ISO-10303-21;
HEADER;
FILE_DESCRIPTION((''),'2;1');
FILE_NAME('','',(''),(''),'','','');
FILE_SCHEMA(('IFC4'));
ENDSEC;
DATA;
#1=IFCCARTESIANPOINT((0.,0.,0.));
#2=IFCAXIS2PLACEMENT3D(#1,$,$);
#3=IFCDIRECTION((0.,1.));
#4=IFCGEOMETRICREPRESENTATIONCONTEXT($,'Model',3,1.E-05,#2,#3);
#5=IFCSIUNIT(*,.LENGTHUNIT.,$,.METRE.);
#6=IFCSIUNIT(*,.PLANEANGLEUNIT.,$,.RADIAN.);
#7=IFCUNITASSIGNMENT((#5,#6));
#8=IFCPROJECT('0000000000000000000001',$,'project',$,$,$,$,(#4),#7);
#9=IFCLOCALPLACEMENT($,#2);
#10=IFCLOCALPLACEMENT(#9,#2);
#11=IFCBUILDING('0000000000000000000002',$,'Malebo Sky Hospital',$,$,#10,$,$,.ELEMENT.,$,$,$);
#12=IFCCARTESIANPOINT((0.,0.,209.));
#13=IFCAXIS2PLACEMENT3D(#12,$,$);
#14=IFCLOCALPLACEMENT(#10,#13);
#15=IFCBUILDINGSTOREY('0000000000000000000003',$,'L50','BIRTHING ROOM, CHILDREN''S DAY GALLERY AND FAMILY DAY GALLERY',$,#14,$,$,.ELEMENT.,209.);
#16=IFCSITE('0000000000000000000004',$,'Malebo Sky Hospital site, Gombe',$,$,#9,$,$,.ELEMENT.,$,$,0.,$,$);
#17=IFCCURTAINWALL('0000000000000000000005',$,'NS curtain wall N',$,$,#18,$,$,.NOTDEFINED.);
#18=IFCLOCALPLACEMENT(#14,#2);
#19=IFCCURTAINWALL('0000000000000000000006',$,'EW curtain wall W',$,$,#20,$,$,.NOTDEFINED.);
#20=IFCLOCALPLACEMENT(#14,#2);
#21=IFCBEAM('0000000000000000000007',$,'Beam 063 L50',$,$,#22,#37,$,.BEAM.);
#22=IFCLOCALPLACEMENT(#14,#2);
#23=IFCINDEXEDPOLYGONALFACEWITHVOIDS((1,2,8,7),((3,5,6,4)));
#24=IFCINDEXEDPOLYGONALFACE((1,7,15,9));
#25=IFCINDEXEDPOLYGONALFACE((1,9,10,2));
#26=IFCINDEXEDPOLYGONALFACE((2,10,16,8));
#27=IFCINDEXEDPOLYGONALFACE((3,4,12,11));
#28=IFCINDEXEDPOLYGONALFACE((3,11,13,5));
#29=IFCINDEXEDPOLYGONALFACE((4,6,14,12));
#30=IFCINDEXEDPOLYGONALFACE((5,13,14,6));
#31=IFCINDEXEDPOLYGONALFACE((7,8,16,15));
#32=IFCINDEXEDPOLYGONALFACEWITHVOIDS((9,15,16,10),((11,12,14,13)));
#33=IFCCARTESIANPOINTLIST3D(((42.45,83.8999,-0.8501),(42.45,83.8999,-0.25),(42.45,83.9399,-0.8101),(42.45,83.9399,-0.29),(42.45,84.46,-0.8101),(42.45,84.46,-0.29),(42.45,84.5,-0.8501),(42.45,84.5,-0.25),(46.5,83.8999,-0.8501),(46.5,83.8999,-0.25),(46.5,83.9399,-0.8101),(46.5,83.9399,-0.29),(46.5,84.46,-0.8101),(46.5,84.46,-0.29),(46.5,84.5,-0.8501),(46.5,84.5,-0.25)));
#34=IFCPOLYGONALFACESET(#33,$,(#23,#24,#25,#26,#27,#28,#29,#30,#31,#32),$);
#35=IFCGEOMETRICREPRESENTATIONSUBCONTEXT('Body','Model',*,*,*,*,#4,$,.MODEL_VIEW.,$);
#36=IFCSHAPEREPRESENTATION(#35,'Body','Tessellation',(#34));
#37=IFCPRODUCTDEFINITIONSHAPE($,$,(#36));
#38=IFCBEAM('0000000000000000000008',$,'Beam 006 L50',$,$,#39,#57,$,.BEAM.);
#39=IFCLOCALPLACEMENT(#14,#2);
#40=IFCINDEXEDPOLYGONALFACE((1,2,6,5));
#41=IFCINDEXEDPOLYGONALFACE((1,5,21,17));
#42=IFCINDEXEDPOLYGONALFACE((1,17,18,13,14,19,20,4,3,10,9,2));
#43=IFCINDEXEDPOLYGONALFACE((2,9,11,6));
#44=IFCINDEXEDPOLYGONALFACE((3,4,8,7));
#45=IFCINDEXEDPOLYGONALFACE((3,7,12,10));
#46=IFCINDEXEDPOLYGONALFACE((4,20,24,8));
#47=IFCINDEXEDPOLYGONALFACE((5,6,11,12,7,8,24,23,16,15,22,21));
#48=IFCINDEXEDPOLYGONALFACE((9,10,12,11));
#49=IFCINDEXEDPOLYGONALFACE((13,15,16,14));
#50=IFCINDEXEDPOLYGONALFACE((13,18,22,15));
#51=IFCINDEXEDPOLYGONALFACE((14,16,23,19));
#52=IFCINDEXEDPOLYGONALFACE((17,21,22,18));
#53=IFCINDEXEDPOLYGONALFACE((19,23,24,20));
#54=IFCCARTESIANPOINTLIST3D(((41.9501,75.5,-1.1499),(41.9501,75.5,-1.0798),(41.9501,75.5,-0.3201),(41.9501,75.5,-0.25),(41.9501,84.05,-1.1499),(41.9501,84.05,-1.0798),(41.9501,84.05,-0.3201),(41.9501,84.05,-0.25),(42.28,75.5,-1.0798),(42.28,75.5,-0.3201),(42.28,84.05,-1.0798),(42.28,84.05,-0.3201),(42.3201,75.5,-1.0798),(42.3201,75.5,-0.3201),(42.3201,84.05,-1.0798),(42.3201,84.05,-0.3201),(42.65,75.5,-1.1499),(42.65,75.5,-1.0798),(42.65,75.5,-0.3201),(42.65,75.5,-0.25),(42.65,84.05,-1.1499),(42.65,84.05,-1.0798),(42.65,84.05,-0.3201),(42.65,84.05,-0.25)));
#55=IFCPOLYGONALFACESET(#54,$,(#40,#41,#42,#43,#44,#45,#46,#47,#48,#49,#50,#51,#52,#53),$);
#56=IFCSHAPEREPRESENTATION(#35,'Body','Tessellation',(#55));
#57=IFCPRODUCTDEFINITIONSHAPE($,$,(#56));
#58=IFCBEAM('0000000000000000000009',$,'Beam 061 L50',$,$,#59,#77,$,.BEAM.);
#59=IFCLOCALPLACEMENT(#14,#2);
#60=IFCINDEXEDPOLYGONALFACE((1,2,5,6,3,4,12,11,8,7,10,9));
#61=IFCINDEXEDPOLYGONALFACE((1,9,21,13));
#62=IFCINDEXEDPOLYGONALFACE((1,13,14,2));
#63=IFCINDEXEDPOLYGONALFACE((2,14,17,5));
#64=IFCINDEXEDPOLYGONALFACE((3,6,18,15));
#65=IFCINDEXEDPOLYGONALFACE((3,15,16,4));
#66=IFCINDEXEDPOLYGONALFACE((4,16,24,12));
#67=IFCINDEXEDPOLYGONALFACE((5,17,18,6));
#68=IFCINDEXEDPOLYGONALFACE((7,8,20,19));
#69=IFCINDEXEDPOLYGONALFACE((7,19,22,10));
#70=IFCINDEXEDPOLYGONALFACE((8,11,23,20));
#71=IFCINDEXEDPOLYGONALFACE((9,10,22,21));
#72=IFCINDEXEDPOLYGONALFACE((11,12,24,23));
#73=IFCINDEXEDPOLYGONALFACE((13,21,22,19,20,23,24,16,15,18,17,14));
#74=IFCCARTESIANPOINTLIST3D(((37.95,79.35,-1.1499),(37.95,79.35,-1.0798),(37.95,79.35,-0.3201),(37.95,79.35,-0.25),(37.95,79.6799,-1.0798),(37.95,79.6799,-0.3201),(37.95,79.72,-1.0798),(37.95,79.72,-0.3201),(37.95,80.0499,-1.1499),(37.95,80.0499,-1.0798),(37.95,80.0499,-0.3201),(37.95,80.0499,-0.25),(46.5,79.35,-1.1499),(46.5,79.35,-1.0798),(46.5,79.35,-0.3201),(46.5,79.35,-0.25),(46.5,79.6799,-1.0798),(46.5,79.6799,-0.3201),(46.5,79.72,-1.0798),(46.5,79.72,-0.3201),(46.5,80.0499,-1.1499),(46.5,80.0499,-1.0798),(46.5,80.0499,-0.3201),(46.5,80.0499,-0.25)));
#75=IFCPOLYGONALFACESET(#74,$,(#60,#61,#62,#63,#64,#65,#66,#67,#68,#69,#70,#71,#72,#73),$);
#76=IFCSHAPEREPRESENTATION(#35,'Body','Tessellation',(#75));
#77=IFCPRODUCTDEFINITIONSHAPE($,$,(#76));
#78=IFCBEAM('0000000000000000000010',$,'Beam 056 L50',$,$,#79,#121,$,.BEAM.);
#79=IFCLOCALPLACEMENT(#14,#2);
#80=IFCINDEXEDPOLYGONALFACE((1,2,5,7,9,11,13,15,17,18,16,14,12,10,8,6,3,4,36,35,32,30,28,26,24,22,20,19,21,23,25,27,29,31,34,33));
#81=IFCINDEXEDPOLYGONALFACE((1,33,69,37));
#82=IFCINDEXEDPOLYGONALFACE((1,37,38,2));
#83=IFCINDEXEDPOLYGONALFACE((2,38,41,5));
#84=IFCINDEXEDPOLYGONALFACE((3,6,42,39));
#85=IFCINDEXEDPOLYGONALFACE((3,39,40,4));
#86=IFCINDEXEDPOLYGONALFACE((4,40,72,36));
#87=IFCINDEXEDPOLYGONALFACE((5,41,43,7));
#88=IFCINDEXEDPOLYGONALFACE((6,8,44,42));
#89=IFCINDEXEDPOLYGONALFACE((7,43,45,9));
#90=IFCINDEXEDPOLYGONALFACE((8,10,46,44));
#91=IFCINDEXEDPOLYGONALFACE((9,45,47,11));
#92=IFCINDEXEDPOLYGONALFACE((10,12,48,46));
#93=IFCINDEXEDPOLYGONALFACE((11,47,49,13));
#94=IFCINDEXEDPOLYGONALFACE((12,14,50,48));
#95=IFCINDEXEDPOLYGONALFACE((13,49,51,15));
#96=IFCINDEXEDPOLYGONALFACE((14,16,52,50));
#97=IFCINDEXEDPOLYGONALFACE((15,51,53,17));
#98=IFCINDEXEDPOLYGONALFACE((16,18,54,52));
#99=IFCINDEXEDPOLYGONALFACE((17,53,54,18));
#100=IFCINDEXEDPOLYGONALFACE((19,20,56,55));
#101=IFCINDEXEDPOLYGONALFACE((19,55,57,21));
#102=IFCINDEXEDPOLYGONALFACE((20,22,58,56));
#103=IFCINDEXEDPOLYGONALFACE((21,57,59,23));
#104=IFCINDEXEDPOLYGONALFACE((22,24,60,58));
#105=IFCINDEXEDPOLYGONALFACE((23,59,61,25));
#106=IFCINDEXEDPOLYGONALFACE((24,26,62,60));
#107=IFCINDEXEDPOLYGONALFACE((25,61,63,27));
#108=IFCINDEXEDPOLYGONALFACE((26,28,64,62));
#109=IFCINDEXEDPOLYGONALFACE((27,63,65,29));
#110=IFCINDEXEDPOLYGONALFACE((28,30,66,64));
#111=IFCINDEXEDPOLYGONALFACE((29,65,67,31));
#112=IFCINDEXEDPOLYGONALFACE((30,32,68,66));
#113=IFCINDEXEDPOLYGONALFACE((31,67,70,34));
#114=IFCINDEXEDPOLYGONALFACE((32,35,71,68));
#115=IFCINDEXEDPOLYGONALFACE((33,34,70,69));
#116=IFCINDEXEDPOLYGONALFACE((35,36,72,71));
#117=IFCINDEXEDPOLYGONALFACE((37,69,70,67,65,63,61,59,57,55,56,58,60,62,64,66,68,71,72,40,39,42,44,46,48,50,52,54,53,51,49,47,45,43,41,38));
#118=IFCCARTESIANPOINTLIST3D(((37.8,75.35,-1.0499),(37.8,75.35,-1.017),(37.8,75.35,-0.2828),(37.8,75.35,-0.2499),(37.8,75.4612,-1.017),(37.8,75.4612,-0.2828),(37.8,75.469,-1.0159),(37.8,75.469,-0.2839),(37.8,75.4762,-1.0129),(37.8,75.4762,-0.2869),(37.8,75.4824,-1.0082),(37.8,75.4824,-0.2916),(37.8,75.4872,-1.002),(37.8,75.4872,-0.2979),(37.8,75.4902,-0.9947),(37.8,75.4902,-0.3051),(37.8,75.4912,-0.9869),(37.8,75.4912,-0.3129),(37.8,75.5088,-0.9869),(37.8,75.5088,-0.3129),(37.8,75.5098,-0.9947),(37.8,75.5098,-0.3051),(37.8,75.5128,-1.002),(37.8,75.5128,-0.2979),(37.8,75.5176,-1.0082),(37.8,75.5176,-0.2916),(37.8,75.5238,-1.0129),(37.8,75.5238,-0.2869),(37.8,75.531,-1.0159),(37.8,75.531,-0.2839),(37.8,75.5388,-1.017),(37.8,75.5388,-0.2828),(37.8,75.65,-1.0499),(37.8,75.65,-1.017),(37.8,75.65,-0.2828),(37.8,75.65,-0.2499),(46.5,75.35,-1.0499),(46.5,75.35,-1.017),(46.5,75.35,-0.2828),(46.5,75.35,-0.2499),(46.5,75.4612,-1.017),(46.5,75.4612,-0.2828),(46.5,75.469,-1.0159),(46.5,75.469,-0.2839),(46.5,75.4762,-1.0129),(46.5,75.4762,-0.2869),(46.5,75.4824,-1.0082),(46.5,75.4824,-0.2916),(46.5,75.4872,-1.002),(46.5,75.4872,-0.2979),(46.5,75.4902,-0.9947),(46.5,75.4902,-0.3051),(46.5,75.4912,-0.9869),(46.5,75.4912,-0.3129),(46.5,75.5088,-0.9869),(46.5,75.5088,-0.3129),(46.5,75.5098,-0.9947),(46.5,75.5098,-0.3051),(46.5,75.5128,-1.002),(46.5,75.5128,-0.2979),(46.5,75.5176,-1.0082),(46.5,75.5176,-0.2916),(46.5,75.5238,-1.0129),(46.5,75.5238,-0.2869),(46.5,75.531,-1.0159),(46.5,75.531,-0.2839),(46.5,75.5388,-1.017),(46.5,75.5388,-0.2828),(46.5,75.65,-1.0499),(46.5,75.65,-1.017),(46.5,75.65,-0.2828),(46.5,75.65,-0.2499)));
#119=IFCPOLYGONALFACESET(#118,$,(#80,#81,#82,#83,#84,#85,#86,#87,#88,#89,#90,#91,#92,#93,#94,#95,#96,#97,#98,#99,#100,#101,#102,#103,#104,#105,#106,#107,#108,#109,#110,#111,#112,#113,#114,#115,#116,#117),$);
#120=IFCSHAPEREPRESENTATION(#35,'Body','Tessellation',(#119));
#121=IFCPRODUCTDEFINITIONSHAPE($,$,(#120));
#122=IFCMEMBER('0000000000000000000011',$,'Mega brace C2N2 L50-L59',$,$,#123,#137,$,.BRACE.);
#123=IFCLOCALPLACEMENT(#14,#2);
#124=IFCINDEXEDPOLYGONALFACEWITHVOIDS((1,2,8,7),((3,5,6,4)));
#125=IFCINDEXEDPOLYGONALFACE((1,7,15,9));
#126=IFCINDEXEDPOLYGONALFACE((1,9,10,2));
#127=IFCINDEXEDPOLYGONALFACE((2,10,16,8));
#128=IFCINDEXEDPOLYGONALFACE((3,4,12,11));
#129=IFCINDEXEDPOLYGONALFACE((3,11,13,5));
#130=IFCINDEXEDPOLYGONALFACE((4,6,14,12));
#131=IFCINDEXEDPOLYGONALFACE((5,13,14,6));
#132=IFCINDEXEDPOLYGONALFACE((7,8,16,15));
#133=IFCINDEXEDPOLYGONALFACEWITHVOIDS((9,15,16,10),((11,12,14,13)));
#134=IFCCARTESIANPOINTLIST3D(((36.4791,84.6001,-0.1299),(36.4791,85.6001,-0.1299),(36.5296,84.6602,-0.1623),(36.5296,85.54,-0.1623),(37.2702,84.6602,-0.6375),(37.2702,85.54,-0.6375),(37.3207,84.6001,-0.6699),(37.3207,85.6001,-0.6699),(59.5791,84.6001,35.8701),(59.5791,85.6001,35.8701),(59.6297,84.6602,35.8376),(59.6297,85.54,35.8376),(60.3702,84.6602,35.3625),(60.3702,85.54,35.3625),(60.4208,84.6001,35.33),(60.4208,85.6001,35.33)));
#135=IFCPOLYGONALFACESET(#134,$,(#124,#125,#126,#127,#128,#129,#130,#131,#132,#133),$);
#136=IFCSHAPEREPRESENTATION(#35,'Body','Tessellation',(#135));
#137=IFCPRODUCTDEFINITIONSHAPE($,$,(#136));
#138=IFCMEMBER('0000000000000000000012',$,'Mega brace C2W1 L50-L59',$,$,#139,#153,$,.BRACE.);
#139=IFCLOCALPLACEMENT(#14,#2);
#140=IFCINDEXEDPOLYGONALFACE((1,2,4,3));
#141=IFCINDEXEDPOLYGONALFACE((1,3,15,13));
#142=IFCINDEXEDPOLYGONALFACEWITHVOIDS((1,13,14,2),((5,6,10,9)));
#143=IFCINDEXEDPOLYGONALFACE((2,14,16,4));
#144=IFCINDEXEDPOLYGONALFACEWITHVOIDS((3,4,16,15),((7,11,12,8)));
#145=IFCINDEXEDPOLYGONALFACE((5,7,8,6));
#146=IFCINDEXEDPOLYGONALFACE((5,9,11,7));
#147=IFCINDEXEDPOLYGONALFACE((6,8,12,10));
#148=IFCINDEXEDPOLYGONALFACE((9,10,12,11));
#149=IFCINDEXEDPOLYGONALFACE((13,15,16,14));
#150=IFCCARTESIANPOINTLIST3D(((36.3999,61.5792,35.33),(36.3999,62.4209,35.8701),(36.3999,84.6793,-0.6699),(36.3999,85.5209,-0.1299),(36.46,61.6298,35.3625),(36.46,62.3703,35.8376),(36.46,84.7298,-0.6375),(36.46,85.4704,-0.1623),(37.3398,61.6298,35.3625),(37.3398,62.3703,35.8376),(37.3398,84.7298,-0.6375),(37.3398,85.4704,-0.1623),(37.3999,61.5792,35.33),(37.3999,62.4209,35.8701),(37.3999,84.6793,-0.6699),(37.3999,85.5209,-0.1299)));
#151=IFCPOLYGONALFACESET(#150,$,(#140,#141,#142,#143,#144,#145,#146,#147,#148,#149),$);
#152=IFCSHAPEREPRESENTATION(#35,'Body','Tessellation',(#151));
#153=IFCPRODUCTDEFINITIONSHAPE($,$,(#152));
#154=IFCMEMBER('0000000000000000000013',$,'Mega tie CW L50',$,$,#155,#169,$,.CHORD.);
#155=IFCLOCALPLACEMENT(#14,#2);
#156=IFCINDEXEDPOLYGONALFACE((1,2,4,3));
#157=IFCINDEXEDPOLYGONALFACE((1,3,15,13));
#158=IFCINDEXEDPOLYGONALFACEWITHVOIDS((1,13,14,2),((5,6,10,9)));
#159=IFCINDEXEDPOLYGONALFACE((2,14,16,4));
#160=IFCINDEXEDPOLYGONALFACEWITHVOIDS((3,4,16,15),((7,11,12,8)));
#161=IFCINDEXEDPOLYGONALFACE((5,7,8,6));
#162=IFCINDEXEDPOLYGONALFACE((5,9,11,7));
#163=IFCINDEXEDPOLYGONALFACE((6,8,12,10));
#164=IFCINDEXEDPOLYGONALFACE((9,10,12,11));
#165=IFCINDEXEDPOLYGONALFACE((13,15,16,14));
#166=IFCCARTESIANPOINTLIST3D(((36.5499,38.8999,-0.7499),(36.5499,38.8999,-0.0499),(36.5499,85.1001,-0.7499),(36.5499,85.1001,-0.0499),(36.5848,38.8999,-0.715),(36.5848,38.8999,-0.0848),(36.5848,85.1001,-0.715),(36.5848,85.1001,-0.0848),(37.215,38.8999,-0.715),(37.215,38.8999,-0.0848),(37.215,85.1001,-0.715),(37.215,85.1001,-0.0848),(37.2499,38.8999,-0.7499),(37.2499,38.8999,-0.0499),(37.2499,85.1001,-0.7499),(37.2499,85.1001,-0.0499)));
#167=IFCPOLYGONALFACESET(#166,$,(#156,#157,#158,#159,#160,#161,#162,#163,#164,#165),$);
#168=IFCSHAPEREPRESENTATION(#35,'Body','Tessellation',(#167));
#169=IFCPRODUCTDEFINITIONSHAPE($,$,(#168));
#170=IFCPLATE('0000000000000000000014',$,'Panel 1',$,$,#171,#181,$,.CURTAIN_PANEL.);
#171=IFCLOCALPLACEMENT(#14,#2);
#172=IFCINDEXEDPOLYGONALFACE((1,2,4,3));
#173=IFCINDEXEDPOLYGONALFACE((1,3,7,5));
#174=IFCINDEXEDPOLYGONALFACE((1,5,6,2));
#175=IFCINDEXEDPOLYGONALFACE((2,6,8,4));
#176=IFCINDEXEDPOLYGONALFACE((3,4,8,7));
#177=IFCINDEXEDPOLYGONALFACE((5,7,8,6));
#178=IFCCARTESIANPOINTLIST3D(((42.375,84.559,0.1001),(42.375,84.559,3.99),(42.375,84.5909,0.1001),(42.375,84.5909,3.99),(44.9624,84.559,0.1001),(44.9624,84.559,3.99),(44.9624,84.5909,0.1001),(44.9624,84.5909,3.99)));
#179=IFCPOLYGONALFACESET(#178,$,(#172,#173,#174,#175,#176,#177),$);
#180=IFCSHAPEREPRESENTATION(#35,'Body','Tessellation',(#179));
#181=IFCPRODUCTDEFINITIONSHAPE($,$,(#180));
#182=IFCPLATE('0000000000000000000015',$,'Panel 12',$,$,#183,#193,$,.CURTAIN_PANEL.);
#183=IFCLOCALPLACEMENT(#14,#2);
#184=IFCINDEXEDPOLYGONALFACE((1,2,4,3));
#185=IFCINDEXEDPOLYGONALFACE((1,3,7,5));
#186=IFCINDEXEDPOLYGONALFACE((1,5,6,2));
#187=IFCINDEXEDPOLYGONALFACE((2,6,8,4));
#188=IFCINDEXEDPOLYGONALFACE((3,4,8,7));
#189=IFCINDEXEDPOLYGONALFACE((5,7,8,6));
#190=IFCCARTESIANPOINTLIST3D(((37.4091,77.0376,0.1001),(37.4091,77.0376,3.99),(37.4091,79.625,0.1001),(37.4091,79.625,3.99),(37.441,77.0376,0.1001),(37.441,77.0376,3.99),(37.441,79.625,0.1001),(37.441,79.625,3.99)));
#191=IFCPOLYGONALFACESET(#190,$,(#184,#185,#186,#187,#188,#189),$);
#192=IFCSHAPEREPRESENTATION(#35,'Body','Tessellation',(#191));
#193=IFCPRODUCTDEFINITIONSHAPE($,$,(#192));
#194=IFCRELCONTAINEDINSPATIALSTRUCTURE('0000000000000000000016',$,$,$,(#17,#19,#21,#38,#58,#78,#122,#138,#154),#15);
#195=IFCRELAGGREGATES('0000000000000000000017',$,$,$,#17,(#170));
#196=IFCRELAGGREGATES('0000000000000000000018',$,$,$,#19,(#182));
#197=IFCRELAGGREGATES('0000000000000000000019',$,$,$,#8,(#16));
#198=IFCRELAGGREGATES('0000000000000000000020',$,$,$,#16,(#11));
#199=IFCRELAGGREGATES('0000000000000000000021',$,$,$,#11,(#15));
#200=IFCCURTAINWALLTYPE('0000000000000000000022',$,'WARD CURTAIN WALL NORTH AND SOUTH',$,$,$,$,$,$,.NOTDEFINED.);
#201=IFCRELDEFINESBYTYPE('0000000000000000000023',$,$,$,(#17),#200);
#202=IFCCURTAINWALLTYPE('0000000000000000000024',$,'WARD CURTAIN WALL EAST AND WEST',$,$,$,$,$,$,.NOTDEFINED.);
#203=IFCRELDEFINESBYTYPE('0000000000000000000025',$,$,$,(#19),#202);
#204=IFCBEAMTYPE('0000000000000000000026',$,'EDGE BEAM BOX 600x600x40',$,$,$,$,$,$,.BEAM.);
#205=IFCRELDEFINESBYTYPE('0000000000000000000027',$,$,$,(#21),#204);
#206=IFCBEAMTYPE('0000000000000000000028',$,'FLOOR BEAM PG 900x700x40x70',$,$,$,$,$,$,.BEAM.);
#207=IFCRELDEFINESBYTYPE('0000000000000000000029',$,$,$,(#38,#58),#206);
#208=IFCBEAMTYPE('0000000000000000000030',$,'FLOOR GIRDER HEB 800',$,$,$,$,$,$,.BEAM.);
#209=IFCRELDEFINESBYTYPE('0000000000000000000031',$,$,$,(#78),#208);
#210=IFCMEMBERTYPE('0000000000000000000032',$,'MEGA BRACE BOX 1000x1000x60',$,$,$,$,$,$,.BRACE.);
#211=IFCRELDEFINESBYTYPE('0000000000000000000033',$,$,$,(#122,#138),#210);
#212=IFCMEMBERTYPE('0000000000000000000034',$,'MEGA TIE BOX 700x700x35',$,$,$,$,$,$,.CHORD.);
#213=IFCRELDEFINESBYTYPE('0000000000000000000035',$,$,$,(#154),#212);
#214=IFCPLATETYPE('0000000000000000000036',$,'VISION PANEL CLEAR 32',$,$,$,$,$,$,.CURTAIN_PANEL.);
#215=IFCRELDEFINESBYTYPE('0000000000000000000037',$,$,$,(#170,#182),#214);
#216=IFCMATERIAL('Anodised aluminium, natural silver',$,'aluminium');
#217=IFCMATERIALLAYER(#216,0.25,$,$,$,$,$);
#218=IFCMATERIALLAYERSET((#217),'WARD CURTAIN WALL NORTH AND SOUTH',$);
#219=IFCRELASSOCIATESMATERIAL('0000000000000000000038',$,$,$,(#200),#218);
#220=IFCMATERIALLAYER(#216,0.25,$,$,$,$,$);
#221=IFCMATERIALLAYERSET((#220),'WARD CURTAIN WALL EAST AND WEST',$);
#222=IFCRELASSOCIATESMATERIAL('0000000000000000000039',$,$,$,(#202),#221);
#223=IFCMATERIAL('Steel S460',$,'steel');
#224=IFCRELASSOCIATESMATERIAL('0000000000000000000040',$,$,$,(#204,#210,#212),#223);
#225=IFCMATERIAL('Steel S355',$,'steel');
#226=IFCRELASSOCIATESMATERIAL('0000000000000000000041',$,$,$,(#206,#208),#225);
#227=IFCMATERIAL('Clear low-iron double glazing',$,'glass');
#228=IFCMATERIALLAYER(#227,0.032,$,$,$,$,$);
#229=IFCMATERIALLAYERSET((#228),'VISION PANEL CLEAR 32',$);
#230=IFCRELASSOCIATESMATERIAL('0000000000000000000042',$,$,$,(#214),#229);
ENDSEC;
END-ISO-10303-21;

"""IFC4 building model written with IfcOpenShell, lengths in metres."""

from ifc_helpers import new_model, si_unit, direction, frame, origin, origin_2d, place, context, subcontext, project, spatial, rectangle, hollow_rectangle, i_section, extrude, material, layer, layer_set, material_profile, profile_set, type_object, element, aggregate, save


model = new_model("IFC4")

# Units and contexts
model_context = context("Model", 3, precision=1e-05, world=origin(), true_north=direction((0.0, 1.0)))
body_context = subcontext(model_context, "Body", "Model", "MODEL_VIEW")
ifc_project = project(units=[si_unit("LENGTHUNIT", "METRE"), si_unit("PLANEANGLEUNIT", "RADIAN")], contexts=[model_context])

# Site, building, storey
site_placement = place(None, origin())
site = spatial("IfcSite", under=ifc_project, at=site_placement, Name="Malebo Sky Hospital site, Gombe", CompositionType="ELEMENT", RefElevation=0.0)
building_placement = place(site_placement, origin())
building = spatial("IfcBuilding", under=site, at=building_placement, Name="Malebo Sky Hospital", CompositionType="ELEMENT")
storey_placement = place(building_placement, frame((0.0, 0.0, 209.0)))
storey = spatial("IfcBuildingStorey", under=building, at=storey_placement, Name="L50", Description="BIRTHING ROOM, CHILDREN'S DAY GALLERY AND FAMILY DAY GALLERY", CompositionType="ELEMENT", Elevation=209.0)

# Shared definitions
ifc_material_1 = material(Name="Steel S460", Category="steel")

# Curtain wall
ifc_material_2 = material(Name="Anodised aluminium, natural silver", Category="aluminium")
ifc_layer_1 = layer(ifc_material_2, 0.25)
ifc_layer_set_1 = layer_set([ifc_layer_1], Name="WARD CURTAIN WALL NORTH AND SOUTH")
curtain_wall_type_1 = type_object("IfcCurtainWallType", Name="WARD CURTAIN WALL NORTH AND SOUTH", PredefinedType="NOTDEFINED", material=ifc_layer_set_1)
curtain_wall_1_placement = place(storey_placement, origin())
curtain_wall_1 = element("IfcCurtainWall", 1, at=curtain_wall_1_placement, inside=storey, type_object=curtain_wall_type_1, Name="NS curtain wall N", PredefinedType="NOTDEFINED")

# Curtain wall
ifc_layer_2 = layer(ifc_material_2, 0.25)
ifc_layer_set_2 = layer_set([ifc_layer_2], Name="WARD CURTAIN WALL EAST AND WEST")
curtain_wall_type_2 = type_object("IfcCurtainWallType", Name="WARD CURTAIN WALL EAST AND WEST", PredefinedType="NOTDEFINED", material=ifc_layer_set_2)
curtain_wall_2_placement = place(storey_placement, origin())
curtain_wall_2 = element("IfcCurtainWall", 2, at=curtain_wall_2_placement, inside=storey, type_object=curtain_wall_type_2, Name="EW curtain wall W", PredefinedType="NOTDEFINED")

# Beams
ifc_material_profile_1 = material_profile(ifc_material_1, hollow_rectangle(XDim=0.6001, YDim=0.6001, WallThickness=0.04, at=origin_2d()), Name="BOX 600x600x40")
ifc_profile_set_1 = profile_set([ifc_material_profile_1], Name="Steel S460")
beam_type_1 = type_object("IfcBeamType", Name="EDGE BEAM BOX 600x600x40", PredefinedType="BEAM", material=ifc_profile_set_1)
for number, where, z_axis, x_axis, name in (
    (3, (42.45, 84.2, -0.55), (1.0, 0.0, 0.0), (0.0, 1.0, 0.0), "Beam 063 L50"),
):
    element("IfcBeam", number, at=place(storey_placement, frame(where, z_axis=z_axis, x_axis=x_axis)), inside=storey, type_object=beam_type_1, Name=name, PredefinedType="BEAM", context=body_context, shape_type="SweptSolid", body=[
        extrude(hollow_rectangle(XDim=0.6001, YDim=0.6001, WallThickness=0.04, at=origin_2d()), origin(), (0.0, 0.0, 1.0), 4.05),
    ])
ifc_material_3 = material(Name="Steel S355", Category="steel")
ifc_material_profile_2 = material_profile(ifc_material_3, i_section(OverallWidth=0.7, OverallDepth=0.8999, WebThickness=0.04, FlangeThickness=0.0701, at=origin_2d()), Name="PG 900x700x40x70")
ifc_profile_set_2 = profile_set([ifc_material_profile_2], Name="Steel S355")
beam_type_2 = type_object("IfcBeamType", Name="FLOOR BEAM PG 900x700x40x70", PredefinedType="BEAM", material=ifc_profile_set_2)
for number, where, z_axis, x_axis, name in (
    (4, (42.3, 75.5, -0.7), (0.0, 1.0, 0.0), (-1.0, 0.0, 0.0), "Beam 006 L50"),
    (5, (37.95, 79.7, -0.7), (1.0, 0.0, 0.0), (0.0, 1.0, 0.0), "Beam 061 L50"),
):
    element("IfcBeam", number, at=place(storey_placement, frame(where, z_axis=z_axis, x_axis=x_axis)), inside=storey, type_object=beam_type_2, Name=name, PredefinedType="BEAM", context=body_context, shape_type="SweptSolid", body=[
        extrude(i_section(OverallWidth=0.7, OverallDepth=0.8999, WebThickness=0.04, FlangeThickness=0.0701, at=origin_2d()), origin(), (0.0, 0.0, 1.0), 8.55),
    ])
ifc_material_profile_3 = material_profile(ifc_material_3, i_section(OverallWidth=0.3, OverallDepth=0.8, WebThickness=0.0176, FlangeThickness=0.033, FilletRadius=0.03, at=origin_2d()), Name="HEB 800")
ifc_profile_set_3 = profile_set([ifc_material_profile_3], Name="Steel S355")
beam_type_3 = type_object("IfcBeamType", Name="FLOOR GIRDER HEB 800", PredefinedType="BEAM", material=ifc_profile_set_3)
beam_placement = place(storey_placement, frame((37.8, 75.5, -0.6499), z_axis=(1.0, 0.0, 0.0), x_axis=(0.0, 1.0, 0.0)))
element("IfcBeam", 6, at=beam_placement, inside=storey, type_object=beam_type_3, Name="Beam 056 L50", PredefinedType="BEAM", context=body_context, shape_type="SweptSolid", body=[
    extrude(i_section(OverallWidth=0.3, OverallDepth=0.8, WebThickness=0.0176, FlangeThickness=0.033, FilletRadius=0.03, at=origin_2d()), origin(), (0.0, 0.0, 1.0), 8.7),
])

# Members
ifc_material_profile_4 = material_profile(ifc_material_1, hollow_rectangle(XDim=1.0, YDim=1.0, WallThickness=0.0601, at=origin_2d()), Name="BOX 1000x1000x60")
ifc_profile_set_4 = profile_set([ifc_material_profile_4], Name="Steel S460")
member_type_1 = type_object("IfcMemberType", Name="MEGA BRACE BOX 1000x1000x60", PredefinedType="BRACE", material=ifc_profile_set_4)
for number, where, z_axis, x_axis, name in (
    (7, (36.8999, 85.1001, -0.3999), (0.54005, 0.0, 0.841633), (0.0, 1.0, 0.0), "Mega brace C2N2 L50-L59"),
    (8, (36.8999, 85.1001, -0.3999), (0.0, -0.54005, 0.841633), (1.0, 0.0, 0.0), "Mega brace C2W1 L50-L59"),
):
    element("IfcMember", number, at=place(storey_placement, frame(where, z_axis=z_axis, x_axis=x_axis)), inside=storey, type_object=member_type_1, Name=name, PredefinedType="BRACE", context=body_context, shape_type="SweptSolid", body=[
        extrude(hollow_rectangle(XDim=1.0, YDim=1.0, WallThickness=0.0601, at=origin_2d()), origin(), (0.0, 0.0, 1.0), 42.7739),
    ])
ifc_material_profile_5 = material_profile(ifc_material_1, hollow_rectangle(XDim=0.7, YDim=0.7, WallThickness=0.0349, at=origin_2d()), Name="BOX 700x700x35")
ifc_profile_set_5 = profile_set([ifc_material_profile_5], Name="Steel S460")
member_type_2 = type_object("IfcMemberType", Name="MEGA TIE BOX 700x700x35", PredefinedType="CHORD", material=ifc_profile_set_5)
member_1_placement = place(storey_placement, frame((36.8999, 85.1001, -0.3999), z_axis=(0.0, -1.0, 0.0), x_axis=(1.0, 0.0, 0.0)))
element("IfcMember", 9, at=member_1_placement, inside=storey, type_object=member_type_2, Name="Mega tie CW L50", PredefinedType="CHORD", context=body_context, shape_type="SweptSolid", body=[
    extrude(hollow_rectangle(XDim=0.7, YDim=0.7, WallThickness=0.0349, at=origin_2d()), origin(), (0.0, 0.0, 1.0), 46.2002),
])

# Plates
ifc_material_4 = material(Name="Clear low-iron double glazing", Category="glass")
ifc_layer_3 = layer(ifc_material_4, 0.032)
ifc_layer_set_3 = layer_set([ifc_layer_3], Name="VISION PANEL CLEAR 32")
plate_type = type_object("IfcPlateType", Name="VISION PANEL CLEAR 32", PredefinedType="CURTAIN_PANEL", material=ifc_layer_set_3)
plate_1_placement = place(storey_placement, frame((43.6687, 84.575, 0.1001), z_axis=(0.0, 0.0, 1.0), x_axis=(1.0, 0.0, 0.0)))
plate_1 = element("IfcPlate", 10, at=plate_1_placement, type_object=plate_type, Name="Panel 1", PredefinedType="CURTAIN_PANEL", context=body_context, shape_type="SweptSolid", body=[
    extrude(rectangle(XDim=2.5874, YDim=0.032, at=origin_2d()), origin(), (0.0, 0.0, 1.0), 3.8899),
])
aggregate(curtain_wall_1, [plate_1])
plate_2_placement = place(storey_placement, frame((37.425, 78.3313, 0.1001), z_axis=(0.0, 0.0, 1.0), x_axis=(0.0, 1.0, 0.0)))
plate_2 = element("IfcPlate", 11, at=plate_2_placement, type_object=plate_type, Name="Panel 12", PredefinedType="CURTAIN_PANEL", context=body_context, shape_type="SweptSolid", body=[
    extrude(rectangle(XDim=2.5874, YDim=0.032, at=origin_2d()), origin(), (0.0, 0.0, 1.0), 3.8899),
])
aggregate(curtain_wall_2, [plate_2])

save(model, "model.ifc")
